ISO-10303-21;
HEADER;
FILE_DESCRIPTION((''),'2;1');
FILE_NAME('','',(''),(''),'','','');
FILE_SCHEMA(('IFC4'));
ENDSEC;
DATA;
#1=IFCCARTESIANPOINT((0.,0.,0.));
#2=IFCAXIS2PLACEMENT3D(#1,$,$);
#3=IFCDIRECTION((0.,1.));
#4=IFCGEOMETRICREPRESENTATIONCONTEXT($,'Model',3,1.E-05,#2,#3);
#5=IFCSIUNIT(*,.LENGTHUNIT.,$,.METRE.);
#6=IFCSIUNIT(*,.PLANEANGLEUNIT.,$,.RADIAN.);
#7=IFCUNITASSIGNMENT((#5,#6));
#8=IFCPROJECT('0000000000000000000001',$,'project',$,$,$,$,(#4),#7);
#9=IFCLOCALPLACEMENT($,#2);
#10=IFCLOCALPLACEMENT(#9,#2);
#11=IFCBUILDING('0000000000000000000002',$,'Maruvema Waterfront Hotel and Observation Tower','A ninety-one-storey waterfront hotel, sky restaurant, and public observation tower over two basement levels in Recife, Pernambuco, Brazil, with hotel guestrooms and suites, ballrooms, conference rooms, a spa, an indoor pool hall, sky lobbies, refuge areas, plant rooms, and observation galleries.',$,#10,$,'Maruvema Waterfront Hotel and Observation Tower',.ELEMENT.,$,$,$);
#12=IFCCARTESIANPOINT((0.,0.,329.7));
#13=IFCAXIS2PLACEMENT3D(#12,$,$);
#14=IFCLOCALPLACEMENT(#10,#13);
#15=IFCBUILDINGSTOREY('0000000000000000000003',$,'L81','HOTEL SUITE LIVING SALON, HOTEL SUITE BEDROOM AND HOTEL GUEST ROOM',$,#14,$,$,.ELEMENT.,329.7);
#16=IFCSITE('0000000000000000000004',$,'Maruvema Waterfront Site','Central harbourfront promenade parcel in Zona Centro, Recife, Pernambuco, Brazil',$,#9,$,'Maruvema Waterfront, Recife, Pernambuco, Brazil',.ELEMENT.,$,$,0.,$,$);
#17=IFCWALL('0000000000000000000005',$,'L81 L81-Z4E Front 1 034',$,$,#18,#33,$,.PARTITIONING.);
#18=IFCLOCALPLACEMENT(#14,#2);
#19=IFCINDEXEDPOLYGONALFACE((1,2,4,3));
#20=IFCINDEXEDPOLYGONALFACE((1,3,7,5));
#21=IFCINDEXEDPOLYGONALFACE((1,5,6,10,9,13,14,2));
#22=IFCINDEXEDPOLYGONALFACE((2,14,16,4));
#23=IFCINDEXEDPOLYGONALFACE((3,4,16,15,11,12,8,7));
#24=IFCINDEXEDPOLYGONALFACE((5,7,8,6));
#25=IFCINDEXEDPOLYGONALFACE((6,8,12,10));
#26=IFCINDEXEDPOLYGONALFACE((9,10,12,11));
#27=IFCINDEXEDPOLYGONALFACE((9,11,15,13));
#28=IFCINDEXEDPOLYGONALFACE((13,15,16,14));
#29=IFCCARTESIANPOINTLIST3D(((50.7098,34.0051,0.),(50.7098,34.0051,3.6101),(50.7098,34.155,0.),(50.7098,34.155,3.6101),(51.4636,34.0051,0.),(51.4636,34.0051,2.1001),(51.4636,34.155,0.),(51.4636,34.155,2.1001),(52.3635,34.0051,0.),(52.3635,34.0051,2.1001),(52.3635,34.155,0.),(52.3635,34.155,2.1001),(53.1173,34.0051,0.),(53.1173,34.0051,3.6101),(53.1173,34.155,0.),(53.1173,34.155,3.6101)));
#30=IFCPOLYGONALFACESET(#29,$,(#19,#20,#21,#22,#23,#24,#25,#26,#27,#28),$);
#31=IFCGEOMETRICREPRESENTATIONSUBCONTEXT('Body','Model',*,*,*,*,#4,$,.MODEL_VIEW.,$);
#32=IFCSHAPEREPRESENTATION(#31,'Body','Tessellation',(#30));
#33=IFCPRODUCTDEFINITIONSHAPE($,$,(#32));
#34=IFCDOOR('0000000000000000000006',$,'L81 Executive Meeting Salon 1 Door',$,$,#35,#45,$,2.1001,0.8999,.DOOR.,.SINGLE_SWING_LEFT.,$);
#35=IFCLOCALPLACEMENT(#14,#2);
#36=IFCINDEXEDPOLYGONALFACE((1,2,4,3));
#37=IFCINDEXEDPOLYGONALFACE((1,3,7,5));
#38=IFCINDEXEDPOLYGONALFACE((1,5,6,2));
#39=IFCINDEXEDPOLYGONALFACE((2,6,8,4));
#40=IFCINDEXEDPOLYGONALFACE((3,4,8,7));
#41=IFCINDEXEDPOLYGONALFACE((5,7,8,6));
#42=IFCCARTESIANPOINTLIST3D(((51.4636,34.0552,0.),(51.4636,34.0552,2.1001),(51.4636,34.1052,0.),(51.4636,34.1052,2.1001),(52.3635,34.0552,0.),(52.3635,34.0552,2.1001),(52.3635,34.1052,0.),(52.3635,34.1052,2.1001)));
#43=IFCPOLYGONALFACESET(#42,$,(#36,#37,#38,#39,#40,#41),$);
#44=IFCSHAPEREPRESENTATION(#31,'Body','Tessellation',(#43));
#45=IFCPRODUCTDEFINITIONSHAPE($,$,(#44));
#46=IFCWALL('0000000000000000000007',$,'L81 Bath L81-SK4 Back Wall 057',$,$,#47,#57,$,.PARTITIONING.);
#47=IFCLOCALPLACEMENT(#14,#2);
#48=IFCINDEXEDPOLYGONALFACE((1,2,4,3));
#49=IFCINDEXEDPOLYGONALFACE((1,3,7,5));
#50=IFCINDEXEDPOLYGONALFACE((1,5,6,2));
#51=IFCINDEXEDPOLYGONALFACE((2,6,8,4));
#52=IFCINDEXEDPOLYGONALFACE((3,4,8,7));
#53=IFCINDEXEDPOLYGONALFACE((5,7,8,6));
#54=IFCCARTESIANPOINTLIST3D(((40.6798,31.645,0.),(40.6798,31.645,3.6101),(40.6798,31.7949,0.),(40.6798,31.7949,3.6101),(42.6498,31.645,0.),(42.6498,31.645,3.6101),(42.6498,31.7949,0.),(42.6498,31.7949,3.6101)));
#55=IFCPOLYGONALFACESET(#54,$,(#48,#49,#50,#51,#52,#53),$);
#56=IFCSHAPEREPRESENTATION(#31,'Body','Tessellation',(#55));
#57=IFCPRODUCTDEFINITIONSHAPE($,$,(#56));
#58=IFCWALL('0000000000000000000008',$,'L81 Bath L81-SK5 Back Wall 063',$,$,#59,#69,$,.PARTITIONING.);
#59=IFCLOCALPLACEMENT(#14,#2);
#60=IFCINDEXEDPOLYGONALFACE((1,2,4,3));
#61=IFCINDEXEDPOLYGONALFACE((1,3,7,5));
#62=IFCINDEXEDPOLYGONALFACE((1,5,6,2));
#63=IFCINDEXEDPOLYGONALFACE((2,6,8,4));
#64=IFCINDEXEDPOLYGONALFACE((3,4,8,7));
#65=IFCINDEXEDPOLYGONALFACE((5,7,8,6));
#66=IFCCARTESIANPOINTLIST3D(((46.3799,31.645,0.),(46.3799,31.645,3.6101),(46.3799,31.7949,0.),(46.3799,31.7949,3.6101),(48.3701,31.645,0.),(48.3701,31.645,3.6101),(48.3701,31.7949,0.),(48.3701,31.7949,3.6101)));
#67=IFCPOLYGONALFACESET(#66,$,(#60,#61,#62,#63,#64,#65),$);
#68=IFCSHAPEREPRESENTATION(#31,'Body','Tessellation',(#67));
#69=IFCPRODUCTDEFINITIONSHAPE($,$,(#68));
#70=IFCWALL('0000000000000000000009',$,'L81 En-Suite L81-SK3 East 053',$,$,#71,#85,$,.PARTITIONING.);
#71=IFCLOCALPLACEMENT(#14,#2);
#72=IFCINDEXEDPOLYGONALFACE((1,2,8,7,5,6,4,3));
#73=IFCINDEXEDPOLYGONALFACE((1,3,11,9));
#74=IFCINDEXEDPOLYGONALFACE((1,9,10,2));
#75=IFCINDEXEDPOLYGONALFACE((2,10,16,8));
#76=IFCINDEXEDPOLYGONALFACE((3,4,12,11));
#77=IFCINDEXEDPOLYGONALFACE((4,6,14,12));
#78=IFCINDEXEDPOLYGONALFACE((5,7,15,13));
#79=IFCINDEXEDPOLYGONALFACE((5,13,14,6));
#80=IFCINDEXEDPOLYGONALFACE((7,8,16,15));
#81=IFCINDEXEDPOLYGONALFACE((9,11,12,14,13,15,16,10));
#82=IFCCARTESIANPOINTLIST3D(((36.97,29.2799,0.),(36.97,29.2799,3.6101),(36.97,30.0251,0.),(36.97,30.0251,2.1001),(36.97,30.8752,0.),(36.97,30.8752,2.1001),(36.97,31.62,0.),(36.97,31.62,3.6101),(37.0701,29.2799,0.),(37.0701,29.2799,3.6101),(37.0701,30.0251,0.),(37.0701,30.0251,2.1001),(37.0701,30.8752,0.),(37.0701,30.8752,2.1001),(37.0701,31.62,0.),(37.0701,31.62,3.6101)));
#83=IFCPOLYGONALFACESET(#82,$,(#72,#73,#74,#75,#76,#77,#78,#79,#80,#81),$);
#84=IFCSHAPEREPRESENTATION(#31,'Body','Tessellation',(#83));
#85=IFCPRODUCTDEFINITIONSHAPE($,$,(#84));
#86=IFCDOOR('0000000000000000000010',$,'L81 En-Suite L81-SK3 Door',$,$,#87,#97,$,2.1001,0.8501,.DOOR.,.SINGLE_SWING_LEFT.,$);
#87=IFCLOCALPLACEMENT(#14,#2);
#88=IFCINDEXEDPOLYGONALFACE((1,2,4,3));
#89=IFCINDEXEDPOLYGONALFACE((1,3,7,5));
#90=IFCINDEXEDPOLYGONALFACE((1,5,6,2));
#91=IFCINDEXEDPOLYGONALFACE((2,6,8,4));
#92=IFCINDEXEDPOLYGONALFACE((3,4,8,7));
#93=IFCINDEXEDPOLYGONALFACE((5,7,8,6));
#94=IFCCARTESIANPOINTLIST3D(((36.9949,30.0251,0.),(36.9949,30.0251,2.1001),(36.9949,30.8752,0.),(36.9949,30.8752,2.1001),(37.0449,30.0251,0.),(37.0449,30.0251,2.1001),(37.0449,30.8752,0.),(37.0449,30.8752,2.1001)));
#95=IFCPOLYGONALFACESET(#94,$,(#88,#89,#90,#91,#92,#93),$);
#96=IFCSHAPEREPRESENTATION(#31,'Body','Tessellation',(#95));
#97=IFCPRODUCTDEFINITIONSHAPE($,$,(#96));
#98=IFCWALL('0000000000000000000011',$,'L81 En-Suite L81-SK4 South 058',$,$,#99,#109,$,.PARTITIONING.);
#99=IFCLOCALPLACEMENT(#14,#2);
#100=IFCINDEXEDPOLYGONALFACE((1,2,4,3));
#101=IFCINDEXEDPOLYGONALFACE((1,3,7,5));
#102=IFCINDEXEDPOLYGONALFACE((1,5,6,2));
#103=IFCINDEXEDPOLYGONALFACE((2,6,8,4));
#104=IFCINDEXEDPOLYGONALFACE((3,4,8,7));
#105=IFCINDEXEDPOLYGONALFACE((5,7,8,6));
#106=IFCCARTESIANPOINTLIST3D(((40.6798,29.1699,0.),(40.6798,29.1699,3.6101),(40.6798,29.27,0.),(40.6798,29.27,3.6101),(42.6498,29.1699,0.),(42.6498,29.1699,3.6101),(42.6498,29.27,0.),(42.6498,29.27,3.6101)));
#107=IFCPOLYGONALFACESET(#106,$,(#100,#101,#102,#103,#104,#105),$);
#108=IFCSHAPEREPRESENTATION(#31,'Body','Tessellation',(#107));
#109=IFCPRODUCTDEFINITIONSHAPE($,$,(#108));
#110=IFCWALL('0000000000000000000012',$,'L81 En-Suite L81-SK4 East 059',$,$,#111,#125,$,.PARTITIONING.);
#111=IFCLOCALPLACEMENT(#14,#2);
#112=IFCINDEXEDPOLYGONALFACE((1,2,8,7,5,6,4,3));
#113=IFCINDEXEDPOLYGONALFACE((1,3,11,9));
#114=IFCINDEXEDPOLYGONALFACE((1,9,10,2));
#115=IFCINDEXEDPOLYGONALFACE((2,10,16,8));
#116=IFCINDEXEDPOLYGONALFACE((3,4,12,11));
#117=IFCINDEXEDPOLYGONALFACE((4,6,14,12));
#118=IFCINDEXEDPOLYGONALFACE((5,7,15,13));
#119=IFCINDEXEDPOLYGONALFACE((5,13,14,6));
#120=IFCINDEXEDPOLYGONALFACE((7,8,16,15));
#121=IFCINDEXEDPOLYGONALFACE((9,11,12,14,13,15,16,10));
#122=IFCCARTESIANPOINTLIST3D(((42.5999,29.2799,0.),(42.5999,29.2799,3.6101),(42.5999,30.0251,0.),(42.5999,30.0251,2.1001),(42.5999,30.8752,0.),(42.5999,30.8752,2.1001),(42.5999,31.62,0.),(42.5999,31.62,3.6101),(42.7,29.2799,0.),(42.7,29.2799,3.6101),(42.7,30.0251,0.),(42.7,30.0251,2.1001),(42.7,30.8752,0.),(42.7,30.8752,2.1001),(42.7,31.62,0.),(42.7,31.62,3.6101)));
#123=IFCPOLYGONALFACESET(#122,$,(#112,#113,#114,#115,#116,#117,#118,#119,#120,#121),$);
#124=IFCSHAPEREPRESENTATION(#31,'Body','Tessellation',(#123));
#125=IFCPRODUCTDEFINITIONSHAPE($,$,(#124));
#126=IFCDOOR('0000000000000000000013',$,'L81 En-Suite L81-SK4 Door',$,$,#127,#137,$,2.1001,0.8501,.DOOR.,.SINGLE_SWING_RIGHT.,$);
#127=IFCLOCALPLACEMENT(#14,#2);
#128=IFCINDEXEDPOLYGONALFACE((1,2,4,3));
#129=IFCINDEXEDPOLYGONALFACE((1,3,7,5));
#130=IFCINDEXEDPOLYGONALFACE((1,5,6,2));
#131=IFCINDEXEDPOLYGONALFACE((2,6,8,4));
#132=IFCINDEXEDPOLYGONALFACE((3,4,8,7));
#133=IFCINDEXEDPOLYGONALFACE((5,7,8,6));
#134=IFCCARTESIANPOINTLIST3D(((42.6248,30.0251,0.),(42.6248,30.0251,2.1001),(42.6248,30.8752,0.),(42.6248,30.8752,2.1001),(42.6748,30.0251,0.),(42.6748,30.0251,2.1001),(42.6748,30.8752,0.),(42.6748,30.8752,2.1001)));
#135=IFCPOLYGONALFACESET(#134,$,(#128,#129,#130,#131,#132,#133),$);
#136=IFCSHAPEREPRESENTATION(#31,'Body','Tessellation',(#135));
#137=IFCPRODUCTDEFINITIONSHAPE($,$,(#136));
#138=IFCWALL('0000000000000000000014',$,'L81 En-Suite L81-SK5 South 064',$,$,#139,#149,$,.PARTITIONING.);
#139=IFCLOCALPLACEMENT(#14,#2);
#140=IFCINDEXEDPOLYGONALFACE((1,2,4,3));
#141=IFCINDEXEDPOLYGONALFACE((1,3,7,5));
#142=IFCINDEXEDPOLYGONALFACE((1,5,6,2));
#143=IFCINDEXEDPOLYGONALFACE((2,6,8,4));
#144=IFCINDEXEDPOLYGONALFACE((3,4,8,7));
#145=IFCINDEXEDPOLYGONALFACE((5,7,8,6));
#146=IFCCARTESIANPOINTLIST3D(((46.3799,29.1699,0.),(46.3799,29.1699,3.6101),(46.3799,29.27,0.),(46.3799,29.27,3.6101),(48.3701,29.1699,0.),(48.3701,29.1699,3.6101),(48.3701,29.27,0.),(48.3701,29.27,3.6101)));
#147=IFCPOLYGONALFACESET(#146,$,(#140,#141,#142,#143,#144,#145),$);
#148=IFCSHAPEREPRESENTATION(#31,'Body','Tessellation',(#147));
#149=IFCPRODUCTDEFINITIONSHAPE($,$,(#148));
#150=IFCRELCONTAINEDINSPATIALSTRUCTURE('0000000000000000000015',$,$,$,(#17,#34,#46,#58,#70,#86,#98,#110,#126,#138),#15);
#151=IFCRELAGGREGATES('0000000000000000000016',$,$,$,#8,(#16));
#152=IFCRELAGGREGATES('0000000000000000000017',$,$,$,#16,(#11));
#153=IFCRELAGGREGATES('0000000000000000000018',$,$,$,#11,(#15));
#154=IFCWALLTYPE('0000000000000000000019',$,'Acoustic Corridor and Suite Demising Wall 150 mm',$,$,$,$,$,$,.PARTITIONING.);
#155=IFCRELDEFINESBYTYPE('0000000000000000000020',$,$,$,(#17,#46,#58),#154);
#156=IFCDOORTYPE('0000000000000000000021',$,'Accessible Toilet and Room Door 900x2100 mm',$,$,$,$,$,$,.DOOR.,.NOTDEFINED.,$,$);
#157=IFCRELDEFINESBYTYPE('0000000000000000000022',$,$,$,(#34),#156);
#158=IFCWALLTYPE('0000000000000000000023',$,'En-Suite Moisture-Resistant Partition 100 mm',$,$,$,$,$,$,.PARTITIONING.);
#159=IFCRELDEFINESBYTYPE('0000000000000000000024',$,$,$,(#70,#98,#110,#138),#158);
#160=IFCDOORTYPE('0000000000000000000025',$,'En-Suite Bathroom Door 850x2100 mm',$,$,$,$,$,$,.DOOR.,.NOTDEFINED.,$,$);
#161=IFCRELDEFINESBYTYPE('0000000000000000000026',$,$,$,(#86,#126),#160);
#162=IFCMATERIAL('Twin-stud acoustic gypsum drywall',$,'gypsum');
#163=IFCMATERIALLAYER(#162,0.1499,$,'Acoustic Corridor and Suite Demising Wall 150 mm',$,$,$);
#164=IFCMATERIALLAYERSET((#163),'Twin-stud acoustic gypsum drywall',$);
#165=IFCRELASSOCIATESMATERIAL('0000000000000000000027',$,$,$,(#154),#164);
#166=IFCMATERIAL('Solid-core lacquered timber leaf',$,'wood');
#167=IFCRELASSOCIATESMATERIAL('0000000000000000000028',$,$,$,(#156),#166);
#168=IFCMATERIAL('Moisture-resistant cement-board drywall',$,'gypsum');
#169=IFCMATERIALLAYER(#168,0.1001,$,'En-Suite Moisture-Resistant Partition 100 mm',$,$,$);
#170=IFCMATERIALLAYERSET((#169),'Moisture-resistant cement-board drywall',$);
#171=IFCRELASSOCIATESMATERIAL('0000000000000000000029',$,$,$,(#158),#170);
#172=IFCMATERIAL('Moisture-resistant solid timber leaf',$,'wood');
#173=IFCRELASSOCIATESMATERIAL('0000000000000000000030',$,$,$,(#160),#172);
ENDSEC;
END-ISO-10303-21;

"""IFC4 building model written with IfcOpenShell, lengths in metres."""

from ifc_helpers import new_model, si_unit, direction, frame, frame_2d, origin, place, context, subcontext, project, spatial, rectangle, extrude, material, layer, layer_set, type_object, element, fill, save


model = new_model("IFC4")

# Units and contexts
model_context = context("Model", 3, precision=1e-05, world=origin(), true_north=direction((0.0, 1.0)))
body_context = subcontext(model_context, "Body", "Model", "MODEL_VIEW")
ifc_project = project(units=[si_unit("LENGTHUNIT", "METRE"), si_unit("PLANEANGLEUNIT", "RADIAN")], contexts=[model_context])

# Site, building, storey
site_placement = place(None, origin())
site = spatial("IfcSite", under=ifc_project, at=site_placement, Name="Maruvema Waterfront Site", Description="Central harbourfront promenade parcel in Zona Centro, Recife, Pernambuco, Brazil", LongName="Maruvema Waterfront, Recife, Pernambuco, Brazil", CompositionType="ELEMENT", RefElevation=0.0)
building_placement = place(site_placement, origin())
building = spatial("IfcBuilding", under=site, at=building_placement, Name="Maruvema Waterfront Hotel and Observation Tower", Description="A ninety-one-storey waterfront hotel, sky restaurant, and public observation tower over two basement levels in Recife, Pernambuco, Brazil, with hotel guestrooms and suites, ballrooms, conference rooms, a spa, an indoor pool hall, sky lobbies, refuge areas, plant rooms, and observation galleries.", LongName="Maruvema Waterfront Hotel and Observation Tower", CompositionType="ELEMENT")
storey_placement = place(building_placement, frame((0.0, 0.0, 329.7)))
storey = spatial("IfcBuildingStorey", under=building, at=storey_placement, Name="L81", Description="HOTEL SUITE LIVING SALON, HOTEL SUITE BEDROOM AND HOTEL GUEST ROOM", CompositionType="ELEMENT", Elevation=329.7)

# Shared definitions
ifc_material_1 = material(Name="Twin-stud acoustic gypsum drywall", Category="gypsum")
ifc_layer_1 = layer(ifc_material_1, 0.1499, Name="Acoustic Corridor and Suite Demising Wall 150 mm")
ifc_layer_set_1 = layer_set([ifc_layer_1], Name="Twin-stud acoustic gypsum drywall")
wall_type_1 = type_object("IfcWallType", Name="Acoustic Corridor and Suite Demising Wall 150 mm", PredefinedType="PARTITIONING", material=ifc_layer_set_1)

# Wall, opening, door
wall_1_placement = place(storey_placement, frame((50.71, 34.0801, 0.0), z_axis=(0.0, 0.0, 1.0), x_axis=(1.0, 0.0, 0.0)))
wall_1 = element("IfcWall", 1, at=wall_1_placement, inside=storey, type_object=wall_type_1, Name="L81 L81-Z4E Front 1 034", PredefinedType="PARTITIONING", context=body_context, shape_type="SweptSolid", body=[
    extrude(rectangle(XDim=2.4075, YDim=0.1499, at=frame_2d((1.2036, 0.0))), origin(), (0.0, 0.0, 1.0), 3.6101),
])
opening_1_placement = place(wall_1_placement, frame((0.7537, 0.0, 0.0)))
opening_1 = element("IfcOpeningElement", 2, at=opening_1_placement, cuts=wall_1, PredefinedType="OPENING", context=body_context, shape_type="SweptSolid", body=[
    extrude(rectangle(XDim=0.8999, YDim=2.1001, at=frame_2d((0.45, 1.05))), frame((0.0, 0.085, 0.0), z_axis=(0.0, -1.0, 0.0), x_axis=(1.0, 0.0, 0.0)), (0.0, 0.0, 1.0), 0.1699),
])
ifc_material_2 = material(Name="Solid-core lacquered timber leaf", Category="wood")
door_type_1 = type_object("IfcDoorType", Name="Accessible Toilet and Room Door 900x2100 mm", OperationType="NOTDEFINED", PredefinedType="DOOR", material=ifc_material_2)
door_1_placement = place(opening_1_placement, frame((0.8999, 0.0, 0.0), z_axis=(0.0, 0.0, 1.0), x_axis=(-1.0, 0.0, 0.0)))
door_1 = element("IfcDoor", 3, at=door_1_placement, inside=storey, type_object=door_type_1, Name="L81 Executive Meeting Salon 1 Door", OperationType="SINGLE_SWING_LEFT", OverallHeight=2.1001, OverallWidth=0.8999, PredefinedType="DOOR", context=body_context, shape_type="SweptSolid", body=[
    extrude(rectangle(XDim=0.8999, YDim=2.1001, at=frame_2d((0.45, 1.05))), frame((0.0, 0.0249, 0.0), z_axis=(0.0, -1.0, 0.0), x_axis=(1.0, 0.0, 0.0)), (0.0, 0.0, 1.0), 0.05),
])
fill(opening_1, door_1)

# Wall
wall_2_placement = place(storey_placement, frame((40.6799, 31.72, 0.0), z_axis=(0.0, 0.0, 1.0), x_axis=(1.0, 0.0, 0.0)))
element("IfcWall", 4, at=wall_2_placement, inside=storey, type_object=wall_type_1, Name="L81 Bath L81-SK4 Back Wall 057", PredefinedType="PARTITIONING", context=body_context, shape_type="SweptSolid", body=[
    extrude(rectangle(XDim=1.97, YDim=0.1499, at=frame_2d((0.9849, 0.0))), origin(), (0.0, 0.0, 1.0), 3.6101),
])

# Wall
wall_3_placement = place(storey_placement, frame((46.3799, 31.72, 0.0), z_axis=(0.0, 0.0, 1.0), x_axis=(1.0, 0.0, 0.0)))
element("IfcWall", 5, at=wall_3_placement, inside=storey, type_object=wall_type_1, Name="L81 Bath L81-SK5 Back Wall 063", PredefinedType="PARTITIONING", context=body_context, shape_type="SweptSolid", body=[
    extrude(rectangle(XDim=1.9902, YDim=0.1499, at=frame_2d((0.9951, 0.0))), origin(), (0.0, 0.0, 1.0), 3.6101),
])

# Wall, opening, door
ifc_material_3 = material(Name="Moisture-resistant cement-board drywall", Category="gypsum")
ifc_layer_2 = layer(ifc_material_3, 0.1001, Name="En-Suite Moisture-Resistant Partition 100 mm")
ifc_layer_set_2 = layer_set([ifc_layer_2], Name="Moisture-resistant cement-board drywall")
wall_type_2 = type_object("IfcWallType", Name="En-Suite Moisture-Resistant Partition 100 mm", PredefinedType="PARTITIONING", material=ifc_layer_set_2)
wall_4_placement = place(storey_placement, frame((37.02, 29.28, 0.0), z_axis=(0.0, 0.0, 1.0), x_axis=(0.0, 1.0, 0.0)))
wall_4 = element("IfcWall", 6, at=wall_4_placement, inside=storey, type_object=wall_type_2, Name="L81 En-Suite L81-SK3 East 053", PredefinedType="PARTITIONING", context=body_context, shape_type="SweptSolid", body=[
    extrude(rectangle(XDim=2.3401, YDim=0.1001, at=frame_2d((1.1699, 0.0))), origin(), (0.0, 0.0, 1.0), 3.6101),
])
opening_2_placement = place(wall_4_placement, frame((0.7451, 0.0, 0.0)))
opening_2 = element("IfcOpeningElement", 7, at=opening_2_placement, cuts=wall_4, PredefinedType="OPENING", context=body_context, shape_type="SweptSolid", body=[
    extrude(rectangle(XDim=0.8501, YDim=2.1001, at=frame_2d((0.425, 1.05))), frame((0.0, 0.0601, 0.0), z_axis=(0.0, -1.0, 0.0), x_axis=(1.0, 0.0, 0.0)), (0.0, 0.0, 1.0), 0.1201),
])
ifc_material_4 = material(Name="Moisture-resistant solid timber leaf", Category="wood")
door_type_2 = type_object("IfcDoorType", Name="En-Suite Bathroom Door 850x2100 mm", OperationType="NOTDEFINED", PredefinedType="DOOR", material=ifc_material_4)
door_2_placement = place(opening_2_placement, frame((0.8501, 0.0, 0.0), z_axis=(0.0, 0.0, 1.0), x_axis=(-1.0, 0.0, 0.0)))
door_2 = element("IfcDoor", 8, at=door_2_placement, inside=storey, type_object=door_type_2, Name="L81 En-Suite L81-SK3 Door", OperationType="SINGLE_SWING_LEFT", OverallHeight=2.1001, OverallWidth=0.8501, PredefinedType="DOOR", context=body_context, shape_type="SweptSolid", body=[
    extrude(rectangle(XDim=0.8501, YDim=2.1001, at=frame_2d((0.425, 1.05))), frame((0.0, 0.0249, 0.0), z_axis=(0.0, -1.0, 0.0), x_axis=(1.0, 0.0, 0.0)), (0.0, 0.0, 1.0), 0.05),
])
fill(opening_2, door_2)

# Wall
wall_5_placement = place(storey_placement, frame((40.6799, 29.22, 0.0), z_axis=(0.0, 0.0, 1.0), x_axis=(1.0, 0.0, 0.0)))
element("IfcWall", 9, at=wall_5_placement, inside=storey, type_object=wall_type_2, Name="L81 En-Suite L81-SK4 South 058", PredefinedType="PARTITIONING", context=body_context, shape_type="SweptSolid", body=[
    extrude(rectangle(XDim=1.97, YDim=0.1001, at=frame_2d((0.9849, 0.0))), origin(), (0.0, 0.0, 1.0), 3.6101),
])

# Wall, opening, door
wall_6_placement = place(storey_placement, frame((42.6499, 29.28, 0.0), z_axis=(0.0, 0.0, 1.0), x_axis=(0.0, 1.0, 0.0)))
wall_6 = element("IfcWall", 10, at=wall_6_placement, inside=storey, type_object=wall_type_2, Name="L81 En-Suite L81-SK4 East 059", PredefinedType="PARTITIONING", context=body_context, shape_type="SweptSolid", body=[
    extrude(rectangle(XDim=2.3401, YDim=0.1001, at=frame_2d((1.1699, 0.0))), origin(), (0.0, 0.0, 1.0), 3.6101),
])
opening_3_placement = place(wall_6_placement, frame((0.7451, 0.0, 0.0)))
opening_3 = element("IfcOpeningElement", 11, at=opening_3_placement, cuts=wall_6, PredefinedType="OPENING", context=body_context, shape_type="SweptSolid", body=[
    extrude(rectangle(XDim=0.8501, YDim=2.1001, at=frame_2d((0.425, 1.05))), frame((0.0, 0.0601, 0.0), z_axis=(0.0, -1.0, 0.0), x_axis=(1.0, 0.0, 0.0)), (0.0, 0.0, 1.0), 0.1201),
])
door_3_placement = place(opening_3_placement, frame((0.8501, 0.0, 0.0), z_axis=(0.0, 0.0, 1.0), x_axis=(-1.0, 0.0, 0.0)))
door_3 = element("IfcDoor", 12, at=door_3_placement, inside=storey, type_object=door_type_2, Name="L81 En-Suite L81-SK4 Door", OperationType="SINGLE_SWING_RIGHT", OverallHeight=2.1001, OverallWidth=0.8501, PredefinedType="DOOR", context=body_context, shape_type="SweptSolid", body=[
    extrude(rectangle(XDim=0.8501, YDim=2.1001, at=frame_2d((0.425, 1.05))), frame((0.0, 0.0249, 0.0), z_axis=(0.0, -1.0, 0.0), x_axis=(1.0, 0.0, 0.0)), (0.0, 0.0, 1.0), 0.05),
])
fill(opening_3, door_3)

# Wall
wall_7_placement = place(storey_placement, frame((46.3799, 29.22, 0.0), z_axis=(0.0, 0.0, 1.0), x_axis=(1.0, 0.0, 0.0)))
element("IfcWall", 13, at=wall_7_placement, inside=storey, type_object=wall_type_2, Name="L81 En-Suite L81-SK5 South 064", PredefinedType="PARTITIONING", context=body_context, shape_type="SweptSolid", body=[
    extrude(rectangle(XDim=1.9902, YDim=0.1001, at=frame_2d((0.9951, 0.0))), origin(), (0.0, 0.0, 1.0), 3.6101),
])

save(model, "model.ifc")
